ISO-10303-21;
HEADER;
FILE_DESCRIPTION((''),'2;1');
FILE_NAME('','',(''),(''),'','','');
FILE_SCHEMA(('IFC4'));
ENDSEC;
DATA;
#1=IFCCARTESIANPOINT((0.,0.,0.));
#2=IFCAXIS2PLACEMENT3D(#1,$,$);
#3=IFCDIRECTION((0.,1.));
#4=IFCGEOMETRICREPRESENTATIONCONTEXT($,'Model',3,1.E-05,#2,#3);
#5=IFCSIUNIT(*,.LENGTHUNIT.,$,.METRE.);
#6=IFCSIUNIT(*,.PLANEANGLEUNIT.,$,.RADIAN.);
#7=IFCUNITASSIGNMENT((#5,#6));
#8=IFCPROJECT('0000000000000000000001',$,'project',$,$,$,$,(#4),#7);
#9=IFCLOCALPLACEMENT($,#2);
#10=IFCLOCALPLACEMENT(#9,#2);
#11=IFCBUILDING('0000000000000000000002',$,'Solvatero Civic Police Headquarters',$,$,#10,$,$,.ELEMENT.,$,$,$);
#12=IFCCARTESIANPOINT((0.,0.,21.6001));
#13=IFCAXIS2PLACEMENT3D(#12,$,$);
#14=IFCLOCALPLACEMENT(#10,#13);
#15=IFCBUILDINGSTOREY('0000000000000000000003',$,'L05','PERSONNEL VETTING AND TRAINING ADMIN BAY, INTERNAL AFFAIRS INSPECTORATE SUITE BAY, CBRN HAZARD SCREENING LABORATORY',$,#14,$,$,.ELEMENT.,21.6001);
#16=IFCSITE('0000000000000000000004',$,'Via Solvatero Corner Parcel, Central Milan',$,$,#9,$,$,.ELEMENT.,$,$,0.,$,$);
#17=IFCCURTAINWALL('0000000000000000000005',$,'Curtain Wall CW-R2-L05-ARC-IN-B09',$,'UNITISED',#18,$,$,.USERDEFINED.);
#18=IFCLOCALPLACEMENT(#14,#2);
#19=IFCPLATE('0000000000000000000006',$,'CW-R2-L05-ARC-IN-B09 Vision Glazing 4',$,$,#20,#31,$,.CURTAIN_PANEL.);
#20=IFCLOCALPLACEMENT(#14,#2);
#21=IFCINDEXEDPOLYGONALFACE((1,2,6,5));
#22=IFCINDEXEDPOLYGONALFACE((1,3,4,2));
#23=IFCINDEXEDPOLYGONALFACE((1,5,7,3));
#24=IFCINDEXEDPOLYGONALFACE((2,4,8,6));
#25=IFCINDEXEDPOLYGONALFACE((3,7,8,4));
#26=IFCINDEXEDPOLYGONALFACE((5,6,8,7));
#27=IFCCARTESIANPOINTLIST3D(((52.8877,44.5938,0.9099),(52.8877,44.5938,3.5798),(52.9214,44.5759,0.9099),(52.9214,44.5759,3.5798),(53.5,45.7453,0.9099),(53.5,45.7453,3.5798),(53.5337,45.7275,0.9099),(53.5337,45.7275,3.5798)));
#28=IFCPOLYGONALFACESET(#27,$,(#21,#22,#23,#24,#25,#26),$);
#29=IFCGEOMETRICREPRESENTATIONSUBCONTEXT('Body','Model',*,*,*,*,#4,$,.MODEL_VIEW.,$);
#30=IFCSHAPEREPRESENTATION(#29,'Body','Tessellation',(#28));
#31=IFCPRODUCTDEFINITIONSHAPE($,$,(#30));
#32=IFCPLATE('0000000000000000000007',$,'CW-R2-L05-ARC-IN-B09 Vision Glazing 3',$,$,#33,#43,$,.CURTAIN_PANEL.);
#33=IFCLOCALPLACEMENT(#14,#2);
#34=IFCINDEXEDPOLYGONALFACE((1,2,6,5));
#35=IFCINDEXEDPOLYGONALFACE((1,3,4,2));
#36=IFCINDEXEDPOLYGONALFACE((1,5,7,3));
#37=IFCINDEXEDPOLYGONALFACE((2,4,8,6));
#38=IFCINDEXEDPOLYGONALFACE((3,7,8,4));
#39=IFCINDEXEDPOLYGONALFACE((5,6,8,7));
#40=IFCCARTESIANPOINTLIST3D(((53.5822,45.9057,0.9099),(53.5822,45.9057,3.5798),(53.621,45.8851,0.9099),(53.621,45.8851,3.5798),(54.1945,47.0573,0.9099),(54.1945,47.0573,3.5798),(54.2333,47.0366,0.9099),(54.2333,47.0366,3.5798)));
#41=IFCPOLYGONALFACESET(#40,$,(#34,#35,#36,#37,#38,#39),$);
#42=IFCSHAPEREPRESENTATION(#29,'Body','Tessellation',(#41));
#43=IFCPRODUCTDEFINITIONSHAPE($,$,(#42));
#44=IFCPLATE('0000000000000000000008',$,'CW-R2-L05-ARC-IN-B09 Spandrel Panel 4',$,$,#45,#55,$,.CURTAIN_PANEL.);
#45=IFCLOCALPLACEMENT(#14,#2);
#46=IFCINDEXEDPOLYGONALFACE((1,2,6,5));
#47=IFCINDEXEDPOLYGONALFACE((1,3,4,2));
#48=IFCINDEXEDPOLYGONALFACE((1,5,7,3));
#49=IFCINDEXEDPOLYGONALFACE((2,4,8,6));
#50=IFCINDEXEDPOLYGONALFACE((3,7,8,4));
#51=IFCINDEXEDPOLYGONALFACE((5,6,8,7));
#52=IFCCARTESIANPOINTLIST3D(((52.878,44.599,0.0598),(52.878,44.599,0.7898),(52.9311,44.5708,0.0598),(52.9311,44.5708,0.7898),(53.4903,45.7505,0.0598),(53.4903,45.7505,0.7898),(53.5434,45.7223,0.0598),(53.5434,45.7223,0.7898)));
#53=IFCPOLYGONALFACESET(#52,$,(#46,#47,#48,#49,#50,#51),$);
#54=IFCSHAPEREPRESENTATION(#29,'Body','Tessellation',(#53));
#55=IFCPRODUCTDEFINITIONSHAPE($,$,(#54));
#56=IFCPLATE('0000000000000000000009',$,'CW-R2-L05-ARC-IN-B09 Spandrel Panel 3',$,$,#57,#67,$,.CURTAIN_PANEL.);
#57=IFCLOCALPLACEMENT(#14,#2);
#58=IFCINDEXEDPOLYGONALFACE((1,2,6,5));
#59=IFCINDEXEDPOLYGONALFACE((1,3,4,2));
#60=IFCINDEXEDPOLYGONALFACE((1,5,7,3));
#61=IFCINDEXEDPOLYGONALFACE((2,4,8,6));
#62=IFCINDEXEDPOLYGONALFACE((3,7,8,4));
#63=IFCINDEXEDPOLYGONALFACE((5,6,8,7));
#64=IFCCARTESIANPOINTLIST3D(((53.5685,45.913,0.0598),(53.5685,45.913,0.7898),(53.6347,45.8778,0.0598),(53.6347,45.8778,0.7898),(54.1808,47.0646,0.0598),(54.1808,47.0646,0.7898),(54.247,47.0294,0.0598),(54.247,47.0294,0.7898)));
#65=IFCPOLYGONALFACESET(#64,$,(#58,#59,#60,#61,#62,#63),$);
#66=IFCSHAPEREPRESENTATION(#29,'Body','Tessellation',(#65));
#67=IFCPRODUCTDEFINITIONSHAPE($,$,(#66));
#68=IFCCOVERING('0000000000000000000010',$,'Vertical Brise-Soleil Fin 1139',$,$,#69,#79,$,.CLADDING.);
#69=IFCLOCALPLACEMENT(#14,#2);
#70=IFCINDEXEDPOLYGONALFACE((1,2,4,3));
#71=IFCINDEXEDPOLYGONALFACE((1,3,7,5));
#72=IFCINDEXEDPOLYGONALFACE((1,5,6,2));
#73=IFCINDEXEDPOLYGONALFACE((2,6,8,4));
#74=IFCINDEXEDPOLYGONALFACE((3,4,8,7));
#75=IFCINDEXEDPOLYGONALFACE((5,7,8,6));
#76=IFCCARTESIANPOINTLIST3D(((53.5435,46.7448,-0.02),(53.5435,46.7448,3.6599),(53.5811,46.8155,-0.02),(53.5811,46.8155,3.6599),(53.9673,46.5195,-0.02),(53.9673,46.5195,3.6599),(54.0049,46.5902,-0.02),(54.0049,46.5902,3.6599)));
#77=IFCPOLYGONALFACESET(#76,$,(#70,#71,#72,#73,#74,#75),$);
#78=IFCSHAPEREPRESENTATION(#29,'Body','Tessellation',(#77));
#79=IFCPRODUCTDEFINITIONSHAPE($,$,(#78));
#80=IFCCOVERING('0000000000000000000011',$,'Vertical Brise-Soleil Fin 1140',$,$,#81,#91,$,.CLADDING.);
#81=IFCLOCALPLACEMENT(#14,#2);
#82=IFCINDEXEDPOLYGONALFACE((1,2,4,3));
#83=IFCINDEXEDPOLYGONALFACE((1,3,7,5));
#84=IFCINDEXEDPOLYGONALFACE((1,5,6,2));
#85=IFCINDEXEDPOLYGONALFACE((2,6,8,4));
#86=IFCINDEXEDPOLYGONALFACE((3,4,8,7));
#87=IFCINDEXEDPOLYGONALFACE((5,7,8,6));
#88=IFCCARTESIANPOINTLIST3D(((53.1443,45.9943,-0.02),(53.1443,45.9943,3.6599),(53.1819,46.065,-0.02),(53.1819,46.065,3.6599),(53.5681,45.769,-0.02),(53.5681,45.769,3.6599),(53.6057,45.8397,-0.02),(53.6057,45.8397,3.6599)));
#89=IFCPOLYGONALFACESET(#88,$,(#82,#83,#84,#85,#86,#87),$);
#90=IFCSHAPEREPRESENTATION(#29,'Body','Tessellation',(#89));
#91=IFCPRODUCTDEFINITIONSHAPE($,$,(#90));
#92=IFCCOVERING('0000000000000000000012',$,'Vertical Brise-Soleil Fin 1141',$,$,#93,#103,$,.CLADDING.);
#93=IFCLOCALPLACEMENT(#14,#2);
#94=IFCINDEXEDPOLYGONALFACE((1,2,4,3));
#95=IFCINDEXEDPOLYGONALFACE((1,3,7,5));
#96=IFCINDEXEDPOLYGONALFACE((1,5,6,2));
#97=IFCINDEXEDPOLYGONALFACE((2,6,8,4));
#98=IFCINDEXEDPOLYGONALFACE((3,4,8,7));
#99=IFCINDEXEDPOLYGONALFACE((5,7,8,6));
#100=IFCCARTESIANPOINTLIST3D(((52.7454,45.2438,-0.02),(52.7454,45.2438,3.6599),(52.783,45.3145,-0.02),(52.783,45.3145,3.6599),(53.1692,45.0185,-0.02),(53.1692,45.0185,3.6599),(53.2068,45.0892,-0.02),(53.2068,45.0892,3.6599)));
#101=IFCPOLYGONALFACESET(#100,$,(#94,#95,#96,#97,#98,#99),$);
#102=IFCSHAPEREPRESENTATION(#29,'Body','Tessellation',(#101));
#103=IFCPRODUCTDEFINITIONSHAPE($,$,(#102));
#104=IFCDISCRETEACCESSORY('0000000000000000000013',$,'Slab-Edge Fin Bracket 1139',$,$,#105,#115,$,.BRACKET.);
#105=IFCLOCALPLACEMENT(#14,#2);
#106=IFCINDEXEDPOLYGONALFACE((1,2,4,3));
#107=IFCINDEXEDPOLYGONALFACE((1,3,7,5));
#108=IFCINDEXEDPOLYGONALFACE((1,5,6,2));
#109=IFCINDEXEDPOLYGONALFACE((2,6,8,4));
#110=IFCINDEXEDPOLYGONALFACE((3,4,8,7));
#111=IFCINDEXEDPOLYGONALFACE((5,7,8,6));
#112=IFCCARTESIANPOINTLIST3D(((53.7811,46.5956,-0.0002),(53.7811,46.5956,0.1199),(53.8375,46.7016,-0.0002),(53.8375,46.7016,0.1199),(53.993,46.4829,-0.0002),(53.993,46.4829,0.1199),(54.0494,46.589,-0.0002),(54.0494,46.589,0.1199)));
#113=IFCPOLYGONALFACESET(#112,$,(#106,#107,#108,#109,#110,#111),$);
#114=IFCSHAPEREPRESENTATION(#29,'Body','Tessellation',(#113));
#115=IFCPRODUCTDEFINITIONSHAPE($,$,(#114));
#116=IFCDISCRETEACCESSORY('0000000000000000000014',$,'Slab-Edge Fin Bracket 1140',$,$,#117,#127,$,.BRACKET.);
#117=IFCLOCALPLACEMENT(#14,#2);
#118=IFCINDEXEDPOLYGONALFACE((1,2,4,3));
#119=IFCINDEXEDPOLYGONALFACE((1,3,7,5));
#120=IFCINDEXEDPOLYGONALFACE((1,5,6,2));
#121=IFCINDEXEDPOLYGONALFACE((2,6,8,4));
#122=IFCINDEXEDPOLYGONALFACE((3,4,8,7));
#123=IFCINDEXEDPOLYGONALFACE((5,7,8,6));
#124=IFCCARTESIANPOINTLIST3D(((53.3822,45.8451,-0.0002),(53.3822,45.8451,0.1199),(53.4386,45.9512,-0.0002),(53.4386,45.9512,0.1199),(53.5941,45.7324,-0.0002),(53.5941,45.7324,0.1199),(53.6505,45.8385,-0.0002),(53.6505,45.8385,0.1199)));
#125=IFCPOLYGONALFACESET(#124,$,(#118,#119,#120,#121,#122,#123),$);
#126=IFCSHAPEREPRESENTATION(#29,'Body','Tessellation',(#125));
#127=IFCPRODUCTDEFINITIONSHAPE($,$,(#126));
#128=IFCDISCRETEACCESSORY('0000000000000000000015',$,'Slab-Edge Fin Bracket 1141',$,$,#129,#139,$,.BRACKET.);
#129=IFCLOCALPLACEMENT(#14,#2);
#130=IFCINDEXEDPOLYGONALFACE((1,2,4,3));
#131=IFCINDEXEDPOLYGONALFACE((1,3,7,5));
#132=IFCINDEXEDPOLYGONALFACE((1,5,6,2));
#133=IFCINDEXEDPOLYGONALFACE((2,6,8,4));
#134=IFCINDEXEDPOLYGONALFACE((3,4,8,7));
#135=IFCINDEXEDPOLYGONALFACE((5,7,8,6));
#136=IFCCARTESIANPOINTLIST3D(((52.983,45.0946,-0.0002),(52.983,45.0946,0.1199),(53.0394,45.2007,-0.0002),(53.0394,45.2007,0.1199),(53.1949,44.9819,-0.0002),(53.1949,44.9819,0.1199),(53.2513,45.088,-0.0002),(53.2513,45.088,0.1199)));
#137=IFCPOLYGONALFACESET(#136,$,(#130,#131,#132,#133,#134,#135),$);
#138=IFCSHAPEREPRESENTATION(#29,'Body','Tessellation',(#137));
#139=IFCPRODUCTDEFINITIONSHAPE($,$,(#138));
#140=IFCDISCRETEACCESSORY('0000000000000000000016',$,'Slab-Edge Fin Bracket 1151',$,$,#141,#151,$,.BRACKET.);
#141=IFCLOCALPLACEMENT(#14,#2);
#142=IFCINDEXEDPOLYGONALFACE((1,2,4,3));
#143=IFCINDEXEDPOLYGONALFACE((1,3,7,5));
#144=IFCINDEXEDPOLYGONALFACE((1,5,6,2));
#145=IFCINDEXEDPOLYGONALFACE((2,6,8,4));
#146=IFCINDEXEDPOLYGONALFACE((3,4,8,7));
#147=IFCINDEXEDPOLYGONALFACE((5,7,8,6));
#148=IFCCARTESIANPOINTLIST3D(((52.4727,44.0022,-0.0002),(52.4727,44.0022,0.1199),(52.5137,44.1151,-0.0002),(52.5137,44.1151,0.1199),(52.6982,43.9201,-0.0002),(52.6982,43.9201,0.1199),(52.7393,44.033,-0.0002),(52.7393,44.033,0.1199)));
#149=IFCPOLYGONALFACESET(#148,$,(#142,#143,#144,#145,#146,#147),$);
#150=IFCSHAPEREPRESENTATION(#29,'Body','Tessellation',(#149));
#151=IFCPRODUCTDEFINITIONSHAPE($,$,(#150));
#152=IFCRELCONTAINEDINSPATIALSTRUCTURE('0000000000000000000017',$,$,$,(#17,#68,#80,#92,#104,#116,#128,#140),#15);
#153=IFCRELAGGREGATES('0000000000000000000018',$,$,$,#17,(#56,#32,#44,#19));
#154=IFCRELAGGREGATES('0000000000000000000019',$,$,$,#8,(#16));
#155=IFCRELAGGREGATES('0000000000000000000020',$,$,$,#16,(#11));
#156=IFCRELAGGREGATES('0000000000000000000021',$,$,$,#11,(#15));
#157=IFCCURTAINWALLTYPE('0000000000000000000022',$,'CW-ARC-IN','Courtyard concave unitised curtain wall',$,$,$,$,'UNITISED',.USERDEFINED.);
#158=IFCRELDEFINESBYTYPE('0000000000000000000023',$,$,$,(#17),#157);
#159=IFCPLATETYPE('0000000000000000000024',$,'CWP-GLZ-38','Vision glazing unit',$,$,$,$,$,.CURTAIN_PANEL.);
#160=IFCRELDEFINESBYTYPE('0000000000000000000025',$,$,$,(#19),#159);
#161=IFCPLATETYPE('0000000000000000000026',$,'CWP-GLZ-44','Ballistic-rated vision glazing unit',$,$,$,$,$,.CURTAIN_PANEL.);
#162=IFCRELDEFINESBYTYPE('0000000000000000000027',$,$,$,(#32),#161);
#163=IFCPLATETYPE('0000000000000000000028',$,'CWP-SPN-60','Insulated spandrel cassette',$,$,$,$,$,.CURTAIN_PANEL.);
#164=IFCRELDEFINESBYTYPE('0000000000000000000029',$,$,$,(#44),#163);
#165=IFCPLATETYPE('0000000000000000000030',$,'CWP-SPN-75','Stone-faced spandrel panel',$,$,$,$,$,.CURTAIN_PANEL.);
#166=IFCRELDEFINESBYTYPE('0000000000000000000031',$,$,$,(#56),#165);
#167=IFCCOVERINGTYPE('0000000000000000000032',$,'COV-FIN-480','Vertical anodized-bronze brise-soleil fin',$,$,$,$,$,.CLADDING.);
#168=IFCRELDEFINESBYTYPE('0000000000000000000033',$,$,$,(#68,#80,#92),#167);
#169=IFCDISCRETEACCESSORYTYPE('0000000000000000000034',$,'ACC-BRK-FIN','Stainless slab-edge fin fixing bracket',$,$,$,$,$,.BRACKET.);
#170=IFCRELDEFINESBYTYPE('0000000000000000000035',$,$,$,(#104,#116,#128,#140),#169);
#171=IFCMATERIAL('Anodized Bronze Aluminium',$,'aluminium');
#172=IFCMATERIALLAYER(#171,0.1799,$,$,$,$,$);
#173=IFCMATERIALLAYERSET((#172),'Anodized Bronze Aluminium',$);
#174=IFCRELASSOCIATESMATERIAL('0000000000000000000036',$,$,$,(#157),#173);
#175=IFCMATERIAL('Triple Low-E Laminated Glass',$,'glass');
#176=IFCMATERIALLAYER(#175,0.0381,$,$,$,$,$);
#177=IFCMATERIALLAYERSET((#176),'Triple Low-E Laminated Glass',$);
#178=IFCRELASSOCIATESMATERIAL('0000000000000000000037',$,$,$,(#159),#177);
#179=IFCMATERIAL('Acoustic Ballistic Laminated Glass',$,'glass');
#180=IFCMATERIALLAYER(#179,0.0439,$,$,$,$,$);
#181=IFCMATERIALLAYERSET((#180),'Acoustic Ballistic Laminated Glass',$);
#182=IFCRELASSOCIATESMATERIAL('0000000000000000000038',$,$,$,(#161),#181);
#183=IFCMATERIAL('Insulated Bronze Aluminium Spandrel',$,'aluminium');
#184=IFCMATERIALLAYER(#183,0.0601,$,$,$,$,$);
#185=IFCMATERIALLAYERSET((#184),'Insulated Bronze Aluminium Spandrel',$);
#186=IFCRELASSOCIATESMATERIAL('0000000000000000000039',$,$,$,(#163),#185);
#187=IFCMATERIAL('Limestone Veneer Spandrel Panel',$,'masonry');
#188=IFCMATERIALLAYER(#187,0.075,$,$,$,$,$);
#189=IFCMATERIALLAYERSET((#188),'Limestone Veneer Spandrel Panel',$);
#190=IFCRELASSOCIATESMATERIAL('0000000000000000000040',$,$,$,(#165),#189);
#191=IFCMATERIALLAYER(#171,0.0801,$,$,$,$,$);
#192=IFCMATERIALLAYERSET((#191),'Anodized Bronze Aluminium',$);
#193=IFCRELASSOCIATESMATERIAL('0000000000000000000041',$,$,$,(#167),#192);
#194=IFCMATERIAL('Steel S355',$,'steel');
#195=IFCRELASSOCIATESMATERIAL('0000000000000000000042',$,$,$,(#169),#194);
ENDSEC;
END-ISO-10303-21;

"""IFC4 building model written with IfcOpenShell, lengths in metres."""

from ifc_helpers import new_model, si_unit, direction, frame, origin, origin_2d, place, context, subcontext, project, spatial, rectangle, extrude, material, layer, layer_set, type_object, element, aggregate, save


model = new_model("IFC4")

# Units and contexts
model_context = context("Model", 3, precision=1e-05, world=origin(), true_north=direction((0.0, 1.0)))
body_context = subcontext(model_context, "Body", "Model", "MODEL_VIEW")
ifc_project = project(units=[si_unit("LENGTHUNIT", "METRE"), si_unit("PLANEANGLEUNIT", "RADIAN")], contexts=[model_context])

# Site, building, storey
site_placement = place(None, origin())
site = spatial("IfcSite", under=ifc_project, at=site_placement, Name="Via Solvatero Corner Parcel, Central Milan", CompositionType="ELEMENT", RefElevation=0.0)
building_placement = place(site_placement, origin())
building = spatial("IfcBuilding", under=site, at=building_placement, Name="Solvatero Civic Police Headquarters", CompositionType="ELEMENT")
storey_placement = place(building_placement, frame((0.0, 0.0, 21.6001)))
storey = spatial("IfcBuildingStorey", under=building, at=storey_placement, Name="L05", Description="PERSONNEL VETTING AND TRAINING ADMIN BAY, INTERNAL AFFAIRS INSPECTORATE SUITE BAY, CBRN HAZARD SCREENING LABORATORY", CompositionType="ELEMENT", Elevation=21.6001)

# Shared definitions
ifc_material_1 = material(Name="Steel S355", Category="steel")

# Curtain wall
ifc_material_2 = material(Name="Anodized Bronze Aluminium", Category="aluminium")
ifc_layer_1 = layer(ifc_material_2, 0.1799)
ifc_layer_set_1 = layer_set([ifc_layer_1], Name="Anodized Bronze Aluminium")
curtain_wall_type = type_object("IfcCurtainWallType", Name="CW-ARC-IN", Description="Courtyard concave unitised curtain wall", ElementType="UNITISED", PredefinedType="USERDEFINED", material=ifc_layer_set_1)
curtain_wall_1_placement = place(storey_placement, origin())
curtain_wall_1 = element("IfcCurtainWall", 1, at=curtain_wall_1_placement, inside=storey, type_object=curtain_wall_type, Name="Curtain Wall CW-R2-L05-ARC-IN-B09", ObjectType="UNITISED", PredefinedType="USERDEFINED")

# Plates
ifc_material_3 = material(Name="Triple Low-E Laminated Glass", Category="glass")
ifc_layer_2 = layer(ifc_material_3, 0.0381)
ifc_layer_set_2 = layer_set([ifc_layer_2], Name="Triple Low-E Laminated Glass")
plate_type_1 = type_object("IfcPlateType", Name="CWP-GLZ-38", Description="Vision glazing unit", PredefinedType="CURTAIN_PANEL", material=ifc_layer_set_2)
plate_1_placement = place(storey_placement, frame((53.2107, 45.1606, 0.9099), z_axis=(0.0, 0.0, 1.0), x_axis=(-0.469487, -0.882939, 0.0)))
plate_1 = element("IfcPlate", 2, at=plate_1_placement, type_object=plate_type_1, Name="CW-R2-L05-ARC-IN-B09 Vision Glazing 4", PredefinedType="CURTAIN_PANEL", context=body_context, shape_type="SweptSolid", body=[
    extrude(rectangle(XDim=1.3042, YDim=0.0381, at=origin_2d()), origin(), (0.0, 0.0, 1.0), 2.6699),
])
ifc_material_4 = material(Name="Acoustic Ballistic Laminated Glass", Category="glass")
ifc_layer_3 = layer(ifc_material_4, 0.0439)
ifc_layer_set_3 = layer_set([ifc_layer_3], Name="Acoustic Ballistic Laminated Glass")
plate_type_2 = type_object("IfcPlateType", Name="CWP-GLZ-44", Description="Ballistic-rated vision glazing unit", PredefinedType="CURTAIN_PANEL", material=ifc_layer_set_3)
plate_2_placement = place(storey_placement, frame((53.9077, 46.4712, 0.9099), z_axis=(0.0, 0.0, 1.0), x_axis=(-0.469487, -0.882939, 0.0)))
plate_2 = element("IfcPlate", 3, at=plate_2_placement, type_object=plate_type_2, Name="CW-R2-L05-ARC-IN-B09 Vision Glazing 3", PredefinedType="CURTAIN_PANEL", context=body_context, shape_type="SweptSolid", body=[
    extrude(rectangle(XDim=1.3042, YDim=0.0439, at=origin_2d()), origin(), (0.0, 0.0, 1.0), 2.6699),
])
ifc_material_5 = material(Name="Insulated Bronze Aluminium Spandrel", Category="aluminium")
ifc_layer_4 = layer(ifc_material_5, 0.0601)
ifc_layer_set_4 = layer_set([ifc_layer_4], Name="Insulated Bronze Aluminium Spandrel")
plate_type_3 = type_object("IfcPlateType", Name="CWP-SPN-60", Description="Insulated spandrel cassette", PredefinedType="CURTAIN_PANEL", material=ifc_layer_set_4)
plate_3_placement = place(storey_placement, frame((53.2107, 45.1606, 0.0598), z_axis=(0.0, 0.0, 1.0), x_axis=(-0.469487, -0.882939, 0.0)))
plate_3 = element("IfcPlate", 4, at=plate_3_placement, type_object=plate_type_3, Name="CW-R2-L05-ARC-IN-B09 Spandrel Panel 4", PredefinedType="CURTAIN_PANEL", context=body_context, shape_type="SweptSolid", body=[
    extrude(rectangle(XDim=1.3042, YDim=0.0601, at=origin_2d()), origin(), (0.0, 0.0, 1.0), 0.73),
])
ifc_material_6 = material(Name="Limestone Veneer Spandrel Panel", Category="masonry")
ifc_layer_5 = layer(ifc_material_6, 0.075)
ifc_layer_set_5 = layer_set([ifc_layer_5], Name="Limestone Veneer Spandrel Panel")
plate_type_4 = type_object("IfcPlateType", Name="CWP-SPN-75", Description="Stone-faced spandrel panel", PredefinedType="CURTAIN_PANEL", material=ifc_layer_set_5)
plate_4_placement = place(storey_placement, frame((53.9077, 46.4712, 0.0598), z_axis=(0.0, 0.0, 1.0), x_axis=(-0.469487, -0.882939, 0.0)))
plate_4 = element("IfcPlate", 5, at=plate_4_placement, type_object=plate_type_4, Name="CW-R2-L05-ARC-IN-B09 Spandrel Panel 3", PredefinedType="CURTAIN_PANEL", context=body_context, shape_type="SweptSolid", body=[
    extrude(rectangle(XDim=1.3042, YDim=0.075, at=origin_2d()), origin(), (0.0, 0.0, 1.0), 0.73),
])
aggregate(curtain_wall_1, [plate_4, plate_2, plate_3, plate_1])

# Coverings
ifc_layer_6 = layer(ifc_material_2, 0.0801)
ifc_layer_set_6 = layer_set([ifc_layer_6], Name="Anodized Bronze Aluminium")
covering_type = type_object("IfcCoveringType", Name="COV-FIN-480", Description="Vertical anodized-bronze brise-soleil fin", PredefinedType="CLADDING", material=ifc_layer_set_6)
for number, where, z_axis, x_axis, name in (
    (6, (53.7742, 46.6675, -0.02), (0.0, 0.0, 1.0), (-0.469487, -0.882939, 0.0), "Vertical Brise-Soleil Fin 1139"),
    (7, (53.375, 45.917, -0.02), (0.0, 0.0, 1.0), (-0.469487, -0.882939, 0.0), "Vertical Brise-Soleil Fin 1140"),
    (8, (52.9761, 45.1665, -0.02), (0.0, 0.0, 1.0), (-0.469487, -0.882939, 0.0), "Vertical Brise-Soleil Fin 1141"),
):
    element("IfcCovering", number, at=place(storey_placement, frame(where, z_axis=z_axis, x_axis=x_axis)), inside=storey, type_object=covering_type, Name=name, PredefinedType="CLADDING", context=body_context, shape_type="SweptSolid", body=[
        extrude(rectangle(XDim=0.0801, YDim=0.48, at=origin_2d()), origin(), (0.0, 0.0, 1.0), 3.6799),
    ])

# Discrete accessories
discrete_accessory_type = type_object("IfcDiscreteAccessoryType", Name="ACC-BRK-FIN", Description="Stainless slab-edge fin fixing bracket", PredefinedType="BRACKET", material=ifc_material_1)
for number, where, z_axis, x_axis, name in (
    (9, (53.9153, 46.5923, -0.0002), (0.0, 0.0, 1.0), (-0.469487, -0.882939, 0.0), "Slab-Edge Fin Bracket 1139"),
    (10, (53.5164, 45.8418, -0.0002), (0.0, 0.0, 1.0), (-0.469487, -0.882939, 0.0), "Slab-Edge Fin Bracket 1140"),
    (11, (53.1172, 45.0913, -0.0002), (0.0, 0.0, 1.0), (-0.469487, -0.882939, 0.0), "Slab-Edge Fin Bracket 1141"),
    (12, (52.606, 44.0176, -0.0002), (0.0, 0.0, 1.0), (-0.34202, -0.939693, 0.0), "Slab-Edge Fin Bracket 1151"),
):
    element("IfcDiscreteAccessory", number, at=place(storey_placement, frame(where, z_axis=z_axis, x_axis=x_axis)), inside=storey, type_object=discrete_accessory_type, Name=name, PredefinedType="BRACKET", context=body_context, shape_type="SweptSolid", body=[
        extrude(rectangle(XDim=0.1201, YDim=0.24, at=origin_2d()), origin(), (0.0, 0.0, 1.0), 0.1201),
    ])

save(model, "model.ifc")
